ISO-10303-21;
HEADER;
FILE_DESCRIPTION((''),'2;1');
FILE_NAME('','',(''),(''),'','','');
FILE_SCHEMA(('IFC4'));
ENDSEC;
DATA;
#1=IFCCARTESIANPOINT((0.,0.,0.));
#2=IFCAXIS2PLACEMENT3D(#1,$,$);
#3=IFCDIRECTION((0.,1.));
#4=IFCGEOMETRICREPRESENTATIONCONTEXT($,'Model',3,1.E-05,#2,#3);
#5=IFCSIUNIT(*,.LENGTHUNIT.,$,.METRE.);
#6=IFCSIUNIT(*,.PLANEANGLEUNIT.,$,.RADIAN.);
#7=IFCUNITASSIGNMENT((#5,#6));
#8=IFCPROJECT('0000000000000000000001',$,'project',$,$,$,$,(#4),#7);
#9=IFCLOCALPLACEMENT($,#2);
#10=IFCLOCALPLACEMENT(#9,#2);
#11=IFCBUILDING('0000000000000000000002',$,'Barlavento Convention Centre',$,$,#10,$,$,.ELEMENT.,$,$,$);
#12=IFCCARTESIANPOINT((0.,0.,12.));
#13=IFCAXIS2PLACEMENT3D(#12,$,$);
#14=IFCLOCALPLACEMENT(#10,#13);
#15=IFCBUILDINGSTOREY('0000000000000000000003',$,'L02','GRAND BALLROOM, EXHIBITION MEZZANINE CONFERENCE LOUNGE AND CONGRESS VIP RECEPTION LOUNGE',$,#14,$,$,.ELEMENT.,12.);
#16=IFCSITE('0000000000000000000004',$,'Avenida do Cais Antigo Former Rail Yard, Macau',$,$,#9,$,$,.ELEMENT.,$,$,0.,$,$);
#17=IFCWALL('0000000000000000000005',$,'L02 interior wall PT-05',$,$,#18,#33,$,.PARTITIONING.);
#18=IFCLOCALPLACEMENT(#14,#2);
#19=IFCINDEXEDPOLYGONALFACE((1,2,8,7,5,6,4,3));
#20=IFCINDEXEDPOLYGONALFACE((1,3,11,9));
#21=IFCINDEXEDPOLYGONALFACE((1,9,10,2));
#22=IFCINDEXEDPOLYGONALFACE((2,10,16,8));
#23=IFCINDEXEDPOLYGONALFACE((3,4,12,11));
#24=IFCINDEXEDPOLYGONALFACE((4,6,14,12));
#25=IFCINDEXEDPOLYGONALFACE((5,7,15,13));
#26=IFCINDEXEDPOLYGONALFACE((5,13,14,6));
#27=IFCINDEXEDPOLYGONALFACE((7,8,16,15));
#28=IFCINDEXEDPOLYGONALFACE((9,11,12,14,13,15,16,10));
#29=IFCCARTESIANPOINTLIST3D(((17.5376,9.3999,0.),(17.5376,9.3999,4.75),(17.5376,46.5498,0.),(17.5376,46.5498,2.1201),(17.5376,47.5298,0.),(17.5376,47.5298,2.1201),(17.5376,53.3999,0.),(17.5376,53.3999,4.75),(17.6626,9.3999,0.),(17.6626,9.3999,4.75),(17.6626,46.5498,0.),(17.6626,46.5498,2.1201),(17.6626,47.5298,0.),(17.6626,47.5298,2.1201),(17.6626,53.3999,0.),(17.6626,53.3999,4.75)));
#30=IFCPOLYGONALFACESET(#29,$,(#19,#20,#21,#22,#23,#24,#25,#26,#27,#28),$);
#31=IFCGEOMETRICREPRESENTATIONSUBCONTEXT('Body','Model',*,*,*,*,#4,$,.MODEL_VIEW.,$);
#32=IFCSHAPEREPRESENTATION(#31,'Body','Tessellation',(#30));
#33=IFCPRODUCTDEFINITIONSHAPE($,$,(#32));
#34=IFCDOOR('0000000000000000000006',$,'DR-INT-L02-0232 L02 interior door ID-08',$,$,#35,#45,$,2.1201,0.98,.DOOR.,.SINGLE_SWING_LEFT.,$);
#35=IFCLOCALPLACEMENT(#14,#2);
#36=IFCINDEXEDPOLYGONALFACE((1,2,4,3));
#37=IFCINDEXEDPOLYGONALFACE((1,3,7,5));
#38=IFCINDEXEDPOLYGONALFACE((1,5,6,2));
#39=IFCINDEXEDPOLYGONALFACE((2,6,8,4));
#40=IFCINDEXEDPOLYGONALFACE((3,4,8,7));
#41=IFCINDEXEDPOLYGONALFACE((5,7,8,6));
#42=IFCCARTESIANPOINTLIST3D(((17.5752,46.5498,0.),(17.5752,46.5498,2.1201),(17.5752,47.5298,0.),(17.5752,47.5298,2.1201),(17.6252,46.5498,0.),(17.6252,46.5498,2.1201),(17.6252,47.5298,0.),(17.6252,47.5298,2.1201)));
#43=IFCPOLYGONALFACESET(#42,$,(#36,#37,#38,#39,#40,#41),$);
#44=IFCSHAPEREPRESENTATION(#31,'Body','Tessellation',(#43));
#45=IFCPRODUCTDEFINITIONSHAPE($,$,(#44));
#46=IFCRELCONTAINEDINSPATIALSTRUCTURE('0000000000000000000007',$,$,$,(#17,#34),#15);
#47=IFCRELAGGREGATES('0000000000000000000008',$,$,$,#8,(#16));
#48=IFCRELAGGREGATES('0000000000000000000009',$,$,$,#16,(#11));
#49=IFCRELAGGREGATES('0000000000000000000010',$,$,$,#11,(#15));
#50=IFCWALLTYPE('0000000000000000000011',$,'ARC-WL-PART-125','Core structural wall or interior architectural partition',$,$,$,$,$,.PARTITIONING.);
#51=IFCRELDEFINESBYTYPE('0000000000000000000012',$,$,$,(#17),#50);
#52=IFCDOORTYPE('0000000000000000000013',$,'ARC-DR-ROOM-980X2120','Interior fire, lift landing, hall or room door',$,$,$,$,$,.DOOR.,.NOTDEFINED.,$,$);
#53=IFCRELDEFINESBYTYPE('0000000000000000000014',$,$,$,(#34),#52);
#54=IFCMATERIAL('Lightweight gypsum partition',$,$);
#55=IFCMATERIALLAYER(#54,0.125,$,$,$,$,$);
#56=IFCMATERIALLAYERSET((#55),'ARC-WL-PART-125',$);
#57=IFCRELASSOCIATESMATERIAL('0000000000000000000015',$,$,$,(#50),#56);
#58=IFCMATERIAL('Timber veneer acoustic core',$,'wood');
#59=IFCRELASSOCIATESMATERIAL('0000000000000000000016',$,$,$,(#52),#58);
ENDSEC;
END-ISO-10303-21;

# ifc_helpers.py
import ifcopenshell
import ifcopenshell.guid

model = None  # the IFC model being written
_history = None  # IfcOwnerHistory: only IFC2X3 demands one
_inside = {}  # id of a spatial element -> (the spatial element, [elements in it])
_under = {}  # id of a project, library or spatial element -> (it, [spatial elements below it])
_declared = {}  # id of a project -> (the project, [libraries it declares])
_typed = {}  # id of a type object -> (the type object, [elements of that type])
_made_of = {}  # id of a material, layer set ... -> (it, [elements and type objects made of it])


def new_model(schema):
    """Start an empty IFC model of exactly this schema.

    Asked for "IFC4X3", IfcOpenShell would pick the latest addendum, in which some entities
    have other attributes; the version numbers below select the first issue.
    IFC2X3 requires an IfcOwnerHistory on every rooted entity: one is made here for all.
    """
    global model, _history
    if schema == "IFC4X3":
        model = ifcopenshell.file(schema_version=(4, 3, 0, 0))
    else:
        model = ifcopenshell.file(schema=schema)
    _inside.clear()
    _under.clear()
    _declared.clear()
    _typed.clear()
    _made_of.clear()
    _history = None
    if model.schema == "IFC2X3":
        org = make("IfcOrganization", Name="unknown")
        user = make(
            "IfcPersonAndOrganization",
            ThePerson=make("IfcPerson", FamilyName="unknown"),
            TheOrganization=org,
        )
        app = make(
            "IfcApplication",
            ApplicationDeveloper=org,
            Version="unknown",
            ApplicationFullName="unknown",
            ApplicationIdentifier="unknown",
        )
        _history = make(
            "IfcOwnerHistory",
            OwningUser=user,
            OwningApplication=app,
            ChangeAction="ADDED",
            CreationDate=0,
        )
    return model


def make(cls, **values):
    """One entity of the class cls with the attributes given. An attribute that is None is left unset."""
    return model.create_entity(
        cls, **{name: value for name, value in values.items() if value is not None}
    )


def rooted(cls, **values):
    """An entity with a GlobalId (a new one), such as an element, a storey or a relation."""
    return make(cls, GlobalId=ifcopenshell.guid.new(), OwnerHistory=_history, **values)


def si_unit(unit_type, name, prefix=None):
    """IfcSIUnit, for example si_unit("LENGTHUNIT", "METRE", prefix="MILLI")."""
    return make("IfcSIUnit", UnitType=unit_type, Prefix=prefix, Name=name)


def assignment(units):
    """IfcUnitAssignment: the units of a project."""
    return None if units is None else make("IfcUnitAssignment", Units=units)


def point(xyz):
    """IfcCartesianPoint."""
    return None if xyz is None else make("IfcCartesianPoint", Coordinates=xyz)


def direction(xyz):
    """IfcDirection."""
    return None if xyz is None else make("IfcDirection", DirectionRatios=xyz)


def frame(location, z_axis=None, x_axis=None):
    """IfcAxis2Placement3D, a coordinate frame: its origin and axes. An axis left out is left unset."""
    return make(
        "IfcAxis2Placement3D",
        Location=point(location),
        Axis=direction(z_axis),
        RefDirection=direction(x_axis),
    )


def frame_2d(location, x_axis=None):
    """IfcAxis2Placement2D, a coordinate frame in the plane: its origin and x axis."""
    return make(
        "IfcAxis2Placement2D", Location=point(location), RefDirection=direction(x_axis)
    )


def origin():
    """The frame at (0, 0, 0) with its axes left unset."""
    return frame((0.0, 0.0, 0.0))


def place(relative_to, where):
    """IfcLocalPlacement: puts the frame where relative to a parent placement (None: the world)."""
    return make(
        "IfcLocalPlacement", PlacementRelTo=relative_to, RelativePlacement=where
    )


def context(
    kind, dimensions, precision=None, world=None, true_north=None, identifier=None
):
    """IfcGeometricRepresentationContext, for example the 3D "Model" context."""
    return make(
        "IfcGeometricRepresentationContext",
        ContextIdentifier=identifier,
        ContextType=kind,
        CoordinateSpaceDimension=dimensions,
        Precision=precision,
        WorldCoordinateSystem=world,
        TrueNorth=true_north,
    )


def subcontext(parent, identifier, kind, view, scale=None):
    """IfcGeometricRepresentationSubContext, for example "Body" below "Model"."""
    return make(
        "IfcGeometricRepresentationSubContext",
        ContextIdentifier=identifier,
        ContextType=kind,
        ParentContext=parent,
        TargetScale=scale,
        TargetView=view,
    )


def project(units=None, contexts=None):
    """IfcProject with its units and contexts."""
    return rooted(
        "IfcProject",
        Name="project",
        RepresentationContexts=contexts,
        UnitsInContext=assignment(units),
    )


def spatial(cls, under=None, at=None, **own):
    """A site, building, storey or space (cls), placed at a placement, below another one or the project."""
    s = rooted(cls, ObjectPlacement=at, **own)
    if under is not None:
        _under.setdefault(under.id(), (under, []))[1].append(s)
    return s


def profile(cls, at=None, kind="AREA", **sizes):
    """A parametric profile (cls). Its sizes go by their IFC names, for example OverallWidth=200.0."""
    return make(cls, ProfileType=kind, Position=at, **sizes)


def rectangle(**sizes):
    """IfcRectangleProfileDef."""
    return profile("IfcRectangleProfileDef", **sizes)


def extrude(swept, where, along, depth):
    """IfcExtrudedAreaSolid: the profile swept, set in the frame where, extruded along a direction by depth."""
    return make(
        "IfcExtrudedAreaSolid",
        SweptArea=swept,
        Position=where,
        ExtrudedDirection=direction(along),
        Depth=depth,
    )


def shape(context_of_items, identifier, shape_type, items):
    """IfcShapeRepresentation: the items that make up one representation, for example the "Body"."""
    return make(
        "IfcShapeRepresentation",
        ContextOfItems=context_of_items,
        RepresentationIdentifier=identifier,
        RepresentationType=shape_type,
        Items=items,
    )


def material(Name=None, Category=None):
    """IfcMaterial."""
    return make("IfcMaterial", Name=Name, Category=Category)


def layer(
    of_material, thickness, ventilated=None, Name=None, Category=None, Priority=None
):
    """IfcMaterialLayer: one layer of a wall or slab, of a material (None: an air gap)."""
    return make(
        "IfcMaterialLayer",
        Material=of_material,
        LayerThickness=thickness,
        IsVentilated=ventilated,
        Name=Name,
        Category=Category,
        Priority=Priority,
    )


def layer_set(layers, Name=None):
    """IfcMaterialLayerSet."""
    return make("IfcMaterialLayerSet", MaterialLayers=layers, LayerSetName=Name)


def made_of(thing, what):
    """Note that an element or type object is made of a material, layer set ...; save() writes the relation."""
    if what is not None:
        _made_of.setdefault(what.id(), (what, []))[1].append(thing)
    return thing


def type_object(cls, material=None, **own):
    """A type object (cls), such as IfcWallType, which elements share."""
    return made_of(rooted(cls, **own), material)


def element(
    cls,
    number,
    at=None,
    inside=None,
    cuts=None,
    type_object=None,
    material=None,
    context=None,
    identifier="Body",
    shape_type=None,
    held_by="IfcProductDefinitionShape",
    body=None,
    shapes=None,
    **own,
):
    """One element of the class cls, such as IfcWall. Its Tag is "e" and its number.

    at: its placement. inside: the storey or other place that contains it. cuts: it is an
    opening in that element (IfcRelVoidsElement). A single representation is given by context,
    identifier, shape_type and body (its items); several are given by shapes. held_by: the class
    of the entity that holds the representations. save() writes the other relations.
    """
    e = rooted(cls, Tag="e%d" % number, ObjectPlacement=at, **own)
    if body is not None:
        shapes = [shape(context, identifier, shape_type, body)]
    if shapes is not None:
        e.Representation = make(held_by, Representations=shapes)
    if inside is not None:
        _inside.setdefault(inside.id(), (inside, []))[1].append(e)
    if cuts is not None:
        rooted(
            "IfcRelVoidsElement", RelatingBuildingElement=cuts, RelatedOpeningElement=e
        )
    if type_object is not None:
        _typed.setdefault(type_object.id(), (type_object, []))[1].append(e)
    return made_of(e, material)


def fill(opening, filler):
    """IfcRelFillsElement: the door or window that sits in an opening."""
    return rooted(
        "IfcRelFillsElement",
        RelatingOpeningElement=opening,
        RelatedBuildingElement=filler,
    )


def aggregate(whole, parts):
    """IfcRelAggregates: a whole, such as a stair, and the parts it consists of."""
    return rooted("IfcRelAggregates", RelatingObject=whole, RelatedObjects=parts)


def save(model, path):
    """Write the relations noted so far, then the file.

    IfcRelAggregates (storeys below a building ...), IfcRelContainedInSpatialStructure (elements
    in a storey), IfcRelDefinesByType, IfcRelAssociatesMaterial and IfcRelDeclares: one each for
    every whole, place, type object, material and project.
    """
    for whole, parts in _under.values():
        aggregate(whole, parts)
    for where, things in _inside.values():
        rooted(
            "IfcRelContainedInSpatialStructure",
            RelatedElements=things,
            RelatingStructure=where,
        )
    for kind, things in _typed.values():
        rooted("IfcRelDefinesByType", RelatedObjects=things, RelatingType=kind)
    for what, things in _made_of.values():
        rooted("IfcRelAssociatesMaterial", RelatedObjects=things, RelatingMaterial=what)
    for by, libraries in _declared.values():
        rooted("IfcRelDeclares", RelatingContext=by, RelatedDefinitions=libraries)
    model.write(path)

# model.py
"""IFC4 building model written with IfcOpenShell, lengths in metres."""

from ifc_helpers import new_model, si_unit, direction, frame, frame_2d, origin, place, context, subcontext, project, spatial, rectangle, extrude, material, layer, layer_set, type_object, element, fill, save


model = new_model("IFC4")

# Units and contexts
model_context = context("Model", 3, precision=1e-05, world=origin(), true_north=direction((0.0, 1.0)))
body_context = subcontext(model_context, "Body", "Model", "MODEL_VIEW")
ifc_project = project(units=[si_unit("LENGTHUNIT", "METRE"), si_unit("PLANEANGLEUNIT", "RADIAN")], contexts=[model_context])

# Site, building, storey
site_placement = place(None, origin())
site = spatial("IfcSite", under=ifc_project, at=site_placement, Name="Avenida do Cais Antigo Former Rail Yard, Macau", CompositionType="ELEMENT", RefElevation=0.0)
building_placement = place(site_placement, origin())
building = spatial("IfcBuilding", under=site, at=building_placement, Name="Barlavento Convention Centre", CompositionType="ELEMENT")
storey_placement = place(building_placement, frame((0.0, 0.0, 12.0)))
storey = spatial("IfcBuildingStorey", under=building, at=storey_placement, Name="L02", Description="GRAND BALLROOM, EXHIBITION MEZZANINE CONFERENCE LOUNGE AND CONGRESS VIP RECEPTION LOUNGE", CompositionType="ELEMENT", Elevation=12.0)

# Wall, opening, door
ifc_material_1 = material(Name="Lightweight gypsum partition")
ifc_layer_1 = layer(ifc_material_1, 0.125)
ifc_layer_set_1 = layer_set([ifc_layer_1], Name="ARC-WL-PART-125")
wall_type = type_object("IfcWallType", Name="ARC-WL-PART-125", Description="Core structural wall or interior architectural partition", PredefinedType="PARTITIONING", material=ifc_layer_set_1)
wall_placement = place(storey_placement, frame((17.6001, 9.3999, 0.0), z_axis=(0.0, 0.0, 1.0), x_axis=(0.0, 1.0, 0.0)))
wall = element("IfcWall", 1, at=wall_placement, inside=storey, type_object=wall_type, Name="L02 interior wall PT-05", PredefinedType="PARTITIONING", context=body_context, shape_type="SweptSolid", body=[
    extrude(rectangle(XDim=44.0, YDim=0.125, at=frame_2d((22.0, 0.0))), origin(), (0.0, 0.0, 1.0), 4.75),
])
opening_placement = place(wall_placement, frame((37.1499, 0.0, 0.0)))
opening = element("IfcOpeningElement", 2, at=opening_placement, cuts=wall, PredefinedType="OPENING", context=body_context, shape_type="SweptSolid", body=[
    extrude(rectangle(XDim=0.98, YDim=2.1201, at=frame_2d((0.49, 1.0601))), frame((0.0, 0.0725, 0.0), z_axis=(0.0, -1.0, 0.0), x_axis=(1.0, 0.0, 0.0)), (0.0, 0.0, 1.0), 0.145),
])
ifc_material_2 = material(Name="Timber veneer acoustic core", Category="wood")
door_type = type_object("IfcDoorType", Name="ARC-DR-ROOM-980X2120", Description="Interior fire, lift landing, hall or room door", OperationType="NOTDEFINED", PredefinedType="DOOR", material=ifc_material_2)
door_placement = place(opening_placement, origin())
door = element("IfcDoor", 3, at=door_placement, inside=storey, type_object=door_type, Name="DR-INT-L02-0232 L02 interior door ID-08", OperationType="SINGLE_SWING_LEFT", OverallHeight=2.1201, OverallWidth=0.98, PredefinedType="DOOR", context=body_context, shape_type="SweptSolid", body=[
    extrude(rectangle(XDim=0.98, YDim=2.1201, at=frame_2d((0.49, 1.0601))), frame((0.0, 0.0249, 0.0), z_axis=(0.0, -1.0, 0.0), x_axis=(1.0, 0.0, 0.0)), (0.0, 0.0, 1.0), 0.05),
])
fill(opening, door)

save(model, "model.ifc")
